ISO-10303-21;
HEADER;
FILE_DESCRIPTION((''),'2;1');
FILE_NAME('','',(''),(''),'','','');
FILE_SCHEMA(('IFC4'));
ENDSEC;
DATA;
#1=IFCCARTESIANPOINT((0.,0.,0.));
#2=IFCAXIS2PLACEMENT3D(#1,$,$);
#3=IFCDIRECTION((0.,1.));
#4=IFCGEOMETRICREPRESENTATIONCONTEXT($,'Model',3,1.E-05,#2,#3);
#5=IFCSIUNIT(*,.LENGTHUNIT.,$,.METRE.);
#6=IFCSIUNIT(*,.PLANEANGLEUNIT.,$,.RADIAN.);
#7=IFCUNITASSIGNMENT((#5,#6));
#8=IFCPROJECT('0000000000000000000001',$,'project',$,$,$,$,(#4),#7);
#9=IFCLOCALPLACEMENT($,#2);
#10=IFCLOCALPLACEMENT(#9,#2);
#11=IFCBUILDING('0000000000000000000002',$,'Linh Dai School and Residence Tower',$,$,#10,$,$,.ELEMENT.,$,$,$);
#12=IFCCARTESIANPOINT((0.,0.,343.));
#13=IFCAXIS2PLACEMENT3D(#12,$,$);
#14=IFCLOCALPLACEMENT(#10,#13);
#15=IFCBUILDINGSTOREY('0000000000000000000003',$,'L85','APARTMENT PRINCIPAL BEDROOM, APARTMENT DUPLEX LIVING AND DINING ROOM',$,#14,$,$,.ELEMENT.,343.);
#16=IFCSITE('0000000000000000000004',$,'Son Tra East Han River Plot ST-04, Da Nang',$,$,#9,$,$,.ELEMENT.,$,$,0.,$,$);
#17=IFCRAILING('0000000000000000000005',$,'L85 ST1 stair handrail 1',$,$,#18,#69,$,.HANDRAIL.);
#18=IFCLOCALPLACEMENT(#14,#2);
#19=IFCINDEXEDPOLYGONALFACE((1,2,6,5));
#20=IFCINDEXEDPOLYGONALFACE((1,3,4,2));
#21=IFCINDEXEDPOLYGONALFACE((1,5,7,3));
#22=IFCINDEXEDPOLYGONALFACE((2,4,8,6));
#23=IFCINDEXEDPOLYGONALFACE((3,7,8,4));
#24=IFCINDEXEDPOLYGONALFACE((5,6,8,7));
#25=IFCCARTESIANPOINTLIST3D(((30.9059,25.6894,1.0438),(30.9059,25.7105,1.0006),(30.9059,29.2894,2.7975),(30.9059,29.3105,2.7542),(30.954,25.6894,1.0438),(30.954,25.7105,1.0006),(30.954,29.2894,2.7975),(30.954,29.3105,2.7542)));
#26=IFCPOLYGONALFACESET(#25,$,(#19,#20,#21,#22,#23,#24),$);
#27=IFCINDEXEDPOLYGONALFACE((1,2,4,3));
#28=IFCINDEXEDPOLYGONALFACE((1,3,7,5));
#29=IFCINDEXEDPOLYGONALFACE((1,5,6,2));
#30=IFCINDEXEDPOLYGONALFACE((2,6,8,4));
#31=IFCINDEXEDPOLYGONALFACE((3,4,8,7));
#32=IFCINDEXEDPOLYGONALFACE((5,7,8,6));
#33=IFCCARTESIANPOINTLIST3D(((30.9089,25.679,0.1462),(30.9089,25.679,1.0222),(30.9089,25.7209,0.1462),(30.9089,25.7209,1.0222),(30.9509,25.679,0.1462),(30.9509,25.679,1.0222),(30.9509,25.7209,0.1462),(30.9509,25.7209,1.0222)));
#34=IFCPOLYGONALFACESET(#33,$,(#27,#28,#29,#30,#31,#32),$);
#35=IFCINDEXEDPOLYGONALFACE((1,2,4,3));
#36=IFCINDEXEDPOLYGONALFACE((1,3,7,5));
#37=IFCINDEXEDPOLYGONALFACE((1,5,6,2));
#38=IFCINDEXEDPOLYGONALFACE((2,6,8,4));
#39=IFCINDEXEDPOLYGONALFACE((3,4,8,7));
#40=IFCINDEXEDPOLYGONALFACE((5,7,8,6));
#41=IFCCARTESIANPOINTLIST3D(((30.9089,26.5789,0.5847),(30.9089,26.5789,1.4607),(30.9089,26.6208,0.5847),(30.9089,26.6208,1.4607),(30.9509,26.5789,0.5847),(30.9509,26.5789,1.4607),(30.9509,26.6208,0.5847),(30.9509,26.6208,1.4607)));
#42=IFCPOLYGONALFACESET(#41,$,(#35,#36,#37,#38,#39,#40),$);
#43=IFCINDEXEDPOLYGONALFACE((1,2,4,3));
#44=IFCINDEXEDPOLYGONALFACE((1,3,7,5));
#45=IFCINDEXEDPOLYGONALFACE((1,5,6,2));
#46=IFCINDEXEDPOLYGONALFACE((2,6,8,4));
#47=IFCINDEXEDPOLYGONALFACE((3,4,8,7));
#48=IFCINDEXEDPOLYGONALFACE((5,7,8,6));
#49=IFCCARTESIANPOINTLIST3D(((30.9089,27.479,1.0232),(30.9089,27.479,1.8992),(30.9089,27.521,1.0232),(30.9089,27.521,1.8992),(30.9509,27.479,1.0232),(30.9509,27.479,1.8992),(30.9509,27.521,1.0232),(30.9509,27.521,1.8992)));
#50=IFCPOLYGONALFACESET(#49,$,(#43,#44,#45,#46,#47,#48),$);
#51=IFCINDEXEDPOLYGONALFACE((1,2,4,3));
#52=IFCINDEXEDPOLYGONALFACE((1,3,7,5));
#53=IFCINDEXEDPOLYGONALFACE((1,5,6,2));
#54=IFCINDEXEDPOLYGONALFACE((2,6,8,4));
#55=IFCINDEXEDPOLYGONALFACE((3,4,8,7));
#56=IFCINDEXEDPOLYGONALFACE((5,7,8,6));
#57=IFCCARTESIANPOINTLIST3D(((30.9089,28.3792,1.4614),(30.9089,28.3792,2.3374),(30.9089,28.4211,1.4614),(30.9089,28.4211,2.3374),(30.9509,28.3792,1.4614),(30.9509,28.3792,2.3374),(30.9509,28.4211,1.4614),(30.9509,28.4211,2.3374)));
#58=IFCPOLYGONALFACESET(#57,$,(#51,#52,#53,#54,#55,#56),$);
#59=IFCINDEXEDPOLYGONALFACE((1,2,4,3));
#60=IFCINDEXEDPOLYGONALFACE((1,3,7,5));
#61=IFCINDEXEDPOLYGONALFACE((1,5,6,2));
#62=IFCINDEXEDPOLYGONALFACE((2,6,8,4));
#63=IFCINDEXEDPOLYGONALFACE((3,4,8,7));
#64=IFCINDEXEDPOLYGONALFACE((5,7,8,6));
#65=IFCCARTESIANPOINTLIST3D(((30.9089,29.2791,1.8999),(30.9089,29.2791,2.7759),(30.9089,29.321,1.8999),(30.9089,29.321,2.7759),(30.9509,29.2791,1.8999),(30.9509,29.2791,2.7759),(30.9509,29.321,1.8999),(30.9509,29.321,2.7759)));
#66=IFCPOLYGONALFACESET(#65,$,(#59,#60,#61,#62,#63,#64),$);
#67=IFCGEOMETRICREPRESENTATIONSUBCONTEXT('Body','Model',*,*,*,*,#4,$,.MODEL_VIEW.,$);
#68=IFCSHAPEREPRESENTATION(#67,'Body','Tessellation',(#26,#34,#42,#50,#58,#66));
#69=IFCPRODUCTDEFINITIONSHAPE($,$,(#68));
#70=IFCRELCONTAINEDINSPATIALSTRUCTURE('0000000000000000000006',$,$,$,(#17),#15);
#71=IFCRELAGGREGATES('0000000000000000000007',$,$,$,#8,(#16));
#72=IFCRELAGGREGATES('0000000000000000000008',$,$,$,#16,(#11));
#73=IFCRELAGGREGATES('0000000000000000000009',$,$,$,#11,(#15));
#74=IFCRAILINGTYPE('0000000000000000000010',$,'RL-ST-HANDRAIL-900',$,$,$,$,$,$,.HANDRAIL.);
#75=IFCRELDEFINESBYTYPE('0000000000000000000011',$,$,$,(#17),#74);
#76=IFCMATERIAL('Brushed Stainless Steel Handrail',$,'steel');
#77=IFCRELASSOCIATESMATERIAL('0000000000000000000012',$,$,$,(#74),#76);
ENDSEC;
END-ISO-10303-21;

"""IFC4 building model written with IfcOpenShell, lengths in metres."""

from ifc_helpers import new_model, si_unit, direction, frame, origin, origin_2d, place, context, subcontext, project, spatial, rectangle, extrude, source, transform, mapped, material, type_object, element, save


model = new_model("IFC4")

# Units and contexts
model_context = context("Model", 3, precision=1e-05, world=origin(), true_north=direction((0.0, 1.0)))
body_context = subcontext(model_context, "Body", "Model", "MODEL_VIEW")
ifc_project = project(units=[si_unit("LENGTHUNIT", "METRE"), si_unit("PLANEANGLEUNIT", "RADIAN")], contexts=[model_context])

# Site, building, storey
site_placement = place(None, origin())
site = spatial("IfcSite", under=ifc_project, at=site_placement, Name="Son Tra East Han River Plot ST-04, Da Nang", CompositionType="ELEMENT", RefElevation=0.0)
building_placement = place(site_placement, origin())
building = spatial("IfcBuilding", under=site, at=building_placement, Name="Linh Dai School and Residence Tower", CompositionType="ELEMENT")
storey_placement = place(building_placement, frame((0.0, 0.0, 343.0)))
storey = spatial("IfcBuildingStorey", under=building, at=storey_placement, Name="L85", Description="APARTMENT PRINCIPAL BEDROOM, APARTMENT DUPLEX LIVING AND DINING ROOM", CompositionType="ELEMENT", Elevation=343.0)

# Railing
ifc_material_1 = material(Name="Brushed Stainless Steel Handrail", Category="steel")
railing_type_1 = type_object("IfcRailingType", Name="RL-ST-HANDRAIL-900", PredefinedType="HANDRAIL", material=ifc_material_1)
shared_shape_1 = source(origin(), body_context, "Body", "SweptSolid", [
    extrude(rectangle(XDim=0.0481, YDim=0.0481, at=origin_2d()), frame((0.0, 0.0, 0.876), z_axis=(0.0, 0.899013, 0.437923), x_axis=(-1.0, 0.0, 0.0)), (0.0, 0.0, 1.0), 4.0044),
    extrude(rectangle(XDim=0.042, YDim=0.042, at=origin_2d()), origin(), (0.0, 0.0, 1.0), 0.876),
    extrude(rectangle(XDim=0.042, YDim=0.042, at=origin_2d()), frame((0.0, 0.8999, 0.4385)), (0.0, 0.0, 1.0), 0.876),
    extrude(rectangle(XDim=0.042, YDim=0.042, at=origin_2d()), frame((0.0, 1.8, 0.877)), (0.0, 0.0, 1.0), 0.876),
    extrude(rectangle(XDim=0.042, YDim=0.042, at=origin_2d()), frame((0.0, 2.7002, 1.3152)), (0.0, 0.0, 1.0), 0.876),
    extrude(rectangle(XDim=0.042, YDim=0.042, at=origin_2d()), frame((0.0, 3.6001, 1.7537)), (0.0, 0.0, 1.0), 0.876),
])
railing_1_placement = place(storey_placement, frame((30.9299, 25.7, 0.1462)))
element("IfcRailing", 1, at=railing_1_placement, inside=storey, type_object=railing_type_1, Name="L85 ST1 stair handrail 1", PredefinedType="HANDRAIL", context=body_context, shape_type="MappedRepresentation", body=[
    mapped(shared_shape_1, transform((0.0, 0.0, 0.0), x_axis=(1.0, 0.0, 0.0), y_axis=(0.0, 1.0, 0.0), z_axis=(0.0, 0.0, 1.0), scale=1.0)),
])

save(model, "model.ifc")
